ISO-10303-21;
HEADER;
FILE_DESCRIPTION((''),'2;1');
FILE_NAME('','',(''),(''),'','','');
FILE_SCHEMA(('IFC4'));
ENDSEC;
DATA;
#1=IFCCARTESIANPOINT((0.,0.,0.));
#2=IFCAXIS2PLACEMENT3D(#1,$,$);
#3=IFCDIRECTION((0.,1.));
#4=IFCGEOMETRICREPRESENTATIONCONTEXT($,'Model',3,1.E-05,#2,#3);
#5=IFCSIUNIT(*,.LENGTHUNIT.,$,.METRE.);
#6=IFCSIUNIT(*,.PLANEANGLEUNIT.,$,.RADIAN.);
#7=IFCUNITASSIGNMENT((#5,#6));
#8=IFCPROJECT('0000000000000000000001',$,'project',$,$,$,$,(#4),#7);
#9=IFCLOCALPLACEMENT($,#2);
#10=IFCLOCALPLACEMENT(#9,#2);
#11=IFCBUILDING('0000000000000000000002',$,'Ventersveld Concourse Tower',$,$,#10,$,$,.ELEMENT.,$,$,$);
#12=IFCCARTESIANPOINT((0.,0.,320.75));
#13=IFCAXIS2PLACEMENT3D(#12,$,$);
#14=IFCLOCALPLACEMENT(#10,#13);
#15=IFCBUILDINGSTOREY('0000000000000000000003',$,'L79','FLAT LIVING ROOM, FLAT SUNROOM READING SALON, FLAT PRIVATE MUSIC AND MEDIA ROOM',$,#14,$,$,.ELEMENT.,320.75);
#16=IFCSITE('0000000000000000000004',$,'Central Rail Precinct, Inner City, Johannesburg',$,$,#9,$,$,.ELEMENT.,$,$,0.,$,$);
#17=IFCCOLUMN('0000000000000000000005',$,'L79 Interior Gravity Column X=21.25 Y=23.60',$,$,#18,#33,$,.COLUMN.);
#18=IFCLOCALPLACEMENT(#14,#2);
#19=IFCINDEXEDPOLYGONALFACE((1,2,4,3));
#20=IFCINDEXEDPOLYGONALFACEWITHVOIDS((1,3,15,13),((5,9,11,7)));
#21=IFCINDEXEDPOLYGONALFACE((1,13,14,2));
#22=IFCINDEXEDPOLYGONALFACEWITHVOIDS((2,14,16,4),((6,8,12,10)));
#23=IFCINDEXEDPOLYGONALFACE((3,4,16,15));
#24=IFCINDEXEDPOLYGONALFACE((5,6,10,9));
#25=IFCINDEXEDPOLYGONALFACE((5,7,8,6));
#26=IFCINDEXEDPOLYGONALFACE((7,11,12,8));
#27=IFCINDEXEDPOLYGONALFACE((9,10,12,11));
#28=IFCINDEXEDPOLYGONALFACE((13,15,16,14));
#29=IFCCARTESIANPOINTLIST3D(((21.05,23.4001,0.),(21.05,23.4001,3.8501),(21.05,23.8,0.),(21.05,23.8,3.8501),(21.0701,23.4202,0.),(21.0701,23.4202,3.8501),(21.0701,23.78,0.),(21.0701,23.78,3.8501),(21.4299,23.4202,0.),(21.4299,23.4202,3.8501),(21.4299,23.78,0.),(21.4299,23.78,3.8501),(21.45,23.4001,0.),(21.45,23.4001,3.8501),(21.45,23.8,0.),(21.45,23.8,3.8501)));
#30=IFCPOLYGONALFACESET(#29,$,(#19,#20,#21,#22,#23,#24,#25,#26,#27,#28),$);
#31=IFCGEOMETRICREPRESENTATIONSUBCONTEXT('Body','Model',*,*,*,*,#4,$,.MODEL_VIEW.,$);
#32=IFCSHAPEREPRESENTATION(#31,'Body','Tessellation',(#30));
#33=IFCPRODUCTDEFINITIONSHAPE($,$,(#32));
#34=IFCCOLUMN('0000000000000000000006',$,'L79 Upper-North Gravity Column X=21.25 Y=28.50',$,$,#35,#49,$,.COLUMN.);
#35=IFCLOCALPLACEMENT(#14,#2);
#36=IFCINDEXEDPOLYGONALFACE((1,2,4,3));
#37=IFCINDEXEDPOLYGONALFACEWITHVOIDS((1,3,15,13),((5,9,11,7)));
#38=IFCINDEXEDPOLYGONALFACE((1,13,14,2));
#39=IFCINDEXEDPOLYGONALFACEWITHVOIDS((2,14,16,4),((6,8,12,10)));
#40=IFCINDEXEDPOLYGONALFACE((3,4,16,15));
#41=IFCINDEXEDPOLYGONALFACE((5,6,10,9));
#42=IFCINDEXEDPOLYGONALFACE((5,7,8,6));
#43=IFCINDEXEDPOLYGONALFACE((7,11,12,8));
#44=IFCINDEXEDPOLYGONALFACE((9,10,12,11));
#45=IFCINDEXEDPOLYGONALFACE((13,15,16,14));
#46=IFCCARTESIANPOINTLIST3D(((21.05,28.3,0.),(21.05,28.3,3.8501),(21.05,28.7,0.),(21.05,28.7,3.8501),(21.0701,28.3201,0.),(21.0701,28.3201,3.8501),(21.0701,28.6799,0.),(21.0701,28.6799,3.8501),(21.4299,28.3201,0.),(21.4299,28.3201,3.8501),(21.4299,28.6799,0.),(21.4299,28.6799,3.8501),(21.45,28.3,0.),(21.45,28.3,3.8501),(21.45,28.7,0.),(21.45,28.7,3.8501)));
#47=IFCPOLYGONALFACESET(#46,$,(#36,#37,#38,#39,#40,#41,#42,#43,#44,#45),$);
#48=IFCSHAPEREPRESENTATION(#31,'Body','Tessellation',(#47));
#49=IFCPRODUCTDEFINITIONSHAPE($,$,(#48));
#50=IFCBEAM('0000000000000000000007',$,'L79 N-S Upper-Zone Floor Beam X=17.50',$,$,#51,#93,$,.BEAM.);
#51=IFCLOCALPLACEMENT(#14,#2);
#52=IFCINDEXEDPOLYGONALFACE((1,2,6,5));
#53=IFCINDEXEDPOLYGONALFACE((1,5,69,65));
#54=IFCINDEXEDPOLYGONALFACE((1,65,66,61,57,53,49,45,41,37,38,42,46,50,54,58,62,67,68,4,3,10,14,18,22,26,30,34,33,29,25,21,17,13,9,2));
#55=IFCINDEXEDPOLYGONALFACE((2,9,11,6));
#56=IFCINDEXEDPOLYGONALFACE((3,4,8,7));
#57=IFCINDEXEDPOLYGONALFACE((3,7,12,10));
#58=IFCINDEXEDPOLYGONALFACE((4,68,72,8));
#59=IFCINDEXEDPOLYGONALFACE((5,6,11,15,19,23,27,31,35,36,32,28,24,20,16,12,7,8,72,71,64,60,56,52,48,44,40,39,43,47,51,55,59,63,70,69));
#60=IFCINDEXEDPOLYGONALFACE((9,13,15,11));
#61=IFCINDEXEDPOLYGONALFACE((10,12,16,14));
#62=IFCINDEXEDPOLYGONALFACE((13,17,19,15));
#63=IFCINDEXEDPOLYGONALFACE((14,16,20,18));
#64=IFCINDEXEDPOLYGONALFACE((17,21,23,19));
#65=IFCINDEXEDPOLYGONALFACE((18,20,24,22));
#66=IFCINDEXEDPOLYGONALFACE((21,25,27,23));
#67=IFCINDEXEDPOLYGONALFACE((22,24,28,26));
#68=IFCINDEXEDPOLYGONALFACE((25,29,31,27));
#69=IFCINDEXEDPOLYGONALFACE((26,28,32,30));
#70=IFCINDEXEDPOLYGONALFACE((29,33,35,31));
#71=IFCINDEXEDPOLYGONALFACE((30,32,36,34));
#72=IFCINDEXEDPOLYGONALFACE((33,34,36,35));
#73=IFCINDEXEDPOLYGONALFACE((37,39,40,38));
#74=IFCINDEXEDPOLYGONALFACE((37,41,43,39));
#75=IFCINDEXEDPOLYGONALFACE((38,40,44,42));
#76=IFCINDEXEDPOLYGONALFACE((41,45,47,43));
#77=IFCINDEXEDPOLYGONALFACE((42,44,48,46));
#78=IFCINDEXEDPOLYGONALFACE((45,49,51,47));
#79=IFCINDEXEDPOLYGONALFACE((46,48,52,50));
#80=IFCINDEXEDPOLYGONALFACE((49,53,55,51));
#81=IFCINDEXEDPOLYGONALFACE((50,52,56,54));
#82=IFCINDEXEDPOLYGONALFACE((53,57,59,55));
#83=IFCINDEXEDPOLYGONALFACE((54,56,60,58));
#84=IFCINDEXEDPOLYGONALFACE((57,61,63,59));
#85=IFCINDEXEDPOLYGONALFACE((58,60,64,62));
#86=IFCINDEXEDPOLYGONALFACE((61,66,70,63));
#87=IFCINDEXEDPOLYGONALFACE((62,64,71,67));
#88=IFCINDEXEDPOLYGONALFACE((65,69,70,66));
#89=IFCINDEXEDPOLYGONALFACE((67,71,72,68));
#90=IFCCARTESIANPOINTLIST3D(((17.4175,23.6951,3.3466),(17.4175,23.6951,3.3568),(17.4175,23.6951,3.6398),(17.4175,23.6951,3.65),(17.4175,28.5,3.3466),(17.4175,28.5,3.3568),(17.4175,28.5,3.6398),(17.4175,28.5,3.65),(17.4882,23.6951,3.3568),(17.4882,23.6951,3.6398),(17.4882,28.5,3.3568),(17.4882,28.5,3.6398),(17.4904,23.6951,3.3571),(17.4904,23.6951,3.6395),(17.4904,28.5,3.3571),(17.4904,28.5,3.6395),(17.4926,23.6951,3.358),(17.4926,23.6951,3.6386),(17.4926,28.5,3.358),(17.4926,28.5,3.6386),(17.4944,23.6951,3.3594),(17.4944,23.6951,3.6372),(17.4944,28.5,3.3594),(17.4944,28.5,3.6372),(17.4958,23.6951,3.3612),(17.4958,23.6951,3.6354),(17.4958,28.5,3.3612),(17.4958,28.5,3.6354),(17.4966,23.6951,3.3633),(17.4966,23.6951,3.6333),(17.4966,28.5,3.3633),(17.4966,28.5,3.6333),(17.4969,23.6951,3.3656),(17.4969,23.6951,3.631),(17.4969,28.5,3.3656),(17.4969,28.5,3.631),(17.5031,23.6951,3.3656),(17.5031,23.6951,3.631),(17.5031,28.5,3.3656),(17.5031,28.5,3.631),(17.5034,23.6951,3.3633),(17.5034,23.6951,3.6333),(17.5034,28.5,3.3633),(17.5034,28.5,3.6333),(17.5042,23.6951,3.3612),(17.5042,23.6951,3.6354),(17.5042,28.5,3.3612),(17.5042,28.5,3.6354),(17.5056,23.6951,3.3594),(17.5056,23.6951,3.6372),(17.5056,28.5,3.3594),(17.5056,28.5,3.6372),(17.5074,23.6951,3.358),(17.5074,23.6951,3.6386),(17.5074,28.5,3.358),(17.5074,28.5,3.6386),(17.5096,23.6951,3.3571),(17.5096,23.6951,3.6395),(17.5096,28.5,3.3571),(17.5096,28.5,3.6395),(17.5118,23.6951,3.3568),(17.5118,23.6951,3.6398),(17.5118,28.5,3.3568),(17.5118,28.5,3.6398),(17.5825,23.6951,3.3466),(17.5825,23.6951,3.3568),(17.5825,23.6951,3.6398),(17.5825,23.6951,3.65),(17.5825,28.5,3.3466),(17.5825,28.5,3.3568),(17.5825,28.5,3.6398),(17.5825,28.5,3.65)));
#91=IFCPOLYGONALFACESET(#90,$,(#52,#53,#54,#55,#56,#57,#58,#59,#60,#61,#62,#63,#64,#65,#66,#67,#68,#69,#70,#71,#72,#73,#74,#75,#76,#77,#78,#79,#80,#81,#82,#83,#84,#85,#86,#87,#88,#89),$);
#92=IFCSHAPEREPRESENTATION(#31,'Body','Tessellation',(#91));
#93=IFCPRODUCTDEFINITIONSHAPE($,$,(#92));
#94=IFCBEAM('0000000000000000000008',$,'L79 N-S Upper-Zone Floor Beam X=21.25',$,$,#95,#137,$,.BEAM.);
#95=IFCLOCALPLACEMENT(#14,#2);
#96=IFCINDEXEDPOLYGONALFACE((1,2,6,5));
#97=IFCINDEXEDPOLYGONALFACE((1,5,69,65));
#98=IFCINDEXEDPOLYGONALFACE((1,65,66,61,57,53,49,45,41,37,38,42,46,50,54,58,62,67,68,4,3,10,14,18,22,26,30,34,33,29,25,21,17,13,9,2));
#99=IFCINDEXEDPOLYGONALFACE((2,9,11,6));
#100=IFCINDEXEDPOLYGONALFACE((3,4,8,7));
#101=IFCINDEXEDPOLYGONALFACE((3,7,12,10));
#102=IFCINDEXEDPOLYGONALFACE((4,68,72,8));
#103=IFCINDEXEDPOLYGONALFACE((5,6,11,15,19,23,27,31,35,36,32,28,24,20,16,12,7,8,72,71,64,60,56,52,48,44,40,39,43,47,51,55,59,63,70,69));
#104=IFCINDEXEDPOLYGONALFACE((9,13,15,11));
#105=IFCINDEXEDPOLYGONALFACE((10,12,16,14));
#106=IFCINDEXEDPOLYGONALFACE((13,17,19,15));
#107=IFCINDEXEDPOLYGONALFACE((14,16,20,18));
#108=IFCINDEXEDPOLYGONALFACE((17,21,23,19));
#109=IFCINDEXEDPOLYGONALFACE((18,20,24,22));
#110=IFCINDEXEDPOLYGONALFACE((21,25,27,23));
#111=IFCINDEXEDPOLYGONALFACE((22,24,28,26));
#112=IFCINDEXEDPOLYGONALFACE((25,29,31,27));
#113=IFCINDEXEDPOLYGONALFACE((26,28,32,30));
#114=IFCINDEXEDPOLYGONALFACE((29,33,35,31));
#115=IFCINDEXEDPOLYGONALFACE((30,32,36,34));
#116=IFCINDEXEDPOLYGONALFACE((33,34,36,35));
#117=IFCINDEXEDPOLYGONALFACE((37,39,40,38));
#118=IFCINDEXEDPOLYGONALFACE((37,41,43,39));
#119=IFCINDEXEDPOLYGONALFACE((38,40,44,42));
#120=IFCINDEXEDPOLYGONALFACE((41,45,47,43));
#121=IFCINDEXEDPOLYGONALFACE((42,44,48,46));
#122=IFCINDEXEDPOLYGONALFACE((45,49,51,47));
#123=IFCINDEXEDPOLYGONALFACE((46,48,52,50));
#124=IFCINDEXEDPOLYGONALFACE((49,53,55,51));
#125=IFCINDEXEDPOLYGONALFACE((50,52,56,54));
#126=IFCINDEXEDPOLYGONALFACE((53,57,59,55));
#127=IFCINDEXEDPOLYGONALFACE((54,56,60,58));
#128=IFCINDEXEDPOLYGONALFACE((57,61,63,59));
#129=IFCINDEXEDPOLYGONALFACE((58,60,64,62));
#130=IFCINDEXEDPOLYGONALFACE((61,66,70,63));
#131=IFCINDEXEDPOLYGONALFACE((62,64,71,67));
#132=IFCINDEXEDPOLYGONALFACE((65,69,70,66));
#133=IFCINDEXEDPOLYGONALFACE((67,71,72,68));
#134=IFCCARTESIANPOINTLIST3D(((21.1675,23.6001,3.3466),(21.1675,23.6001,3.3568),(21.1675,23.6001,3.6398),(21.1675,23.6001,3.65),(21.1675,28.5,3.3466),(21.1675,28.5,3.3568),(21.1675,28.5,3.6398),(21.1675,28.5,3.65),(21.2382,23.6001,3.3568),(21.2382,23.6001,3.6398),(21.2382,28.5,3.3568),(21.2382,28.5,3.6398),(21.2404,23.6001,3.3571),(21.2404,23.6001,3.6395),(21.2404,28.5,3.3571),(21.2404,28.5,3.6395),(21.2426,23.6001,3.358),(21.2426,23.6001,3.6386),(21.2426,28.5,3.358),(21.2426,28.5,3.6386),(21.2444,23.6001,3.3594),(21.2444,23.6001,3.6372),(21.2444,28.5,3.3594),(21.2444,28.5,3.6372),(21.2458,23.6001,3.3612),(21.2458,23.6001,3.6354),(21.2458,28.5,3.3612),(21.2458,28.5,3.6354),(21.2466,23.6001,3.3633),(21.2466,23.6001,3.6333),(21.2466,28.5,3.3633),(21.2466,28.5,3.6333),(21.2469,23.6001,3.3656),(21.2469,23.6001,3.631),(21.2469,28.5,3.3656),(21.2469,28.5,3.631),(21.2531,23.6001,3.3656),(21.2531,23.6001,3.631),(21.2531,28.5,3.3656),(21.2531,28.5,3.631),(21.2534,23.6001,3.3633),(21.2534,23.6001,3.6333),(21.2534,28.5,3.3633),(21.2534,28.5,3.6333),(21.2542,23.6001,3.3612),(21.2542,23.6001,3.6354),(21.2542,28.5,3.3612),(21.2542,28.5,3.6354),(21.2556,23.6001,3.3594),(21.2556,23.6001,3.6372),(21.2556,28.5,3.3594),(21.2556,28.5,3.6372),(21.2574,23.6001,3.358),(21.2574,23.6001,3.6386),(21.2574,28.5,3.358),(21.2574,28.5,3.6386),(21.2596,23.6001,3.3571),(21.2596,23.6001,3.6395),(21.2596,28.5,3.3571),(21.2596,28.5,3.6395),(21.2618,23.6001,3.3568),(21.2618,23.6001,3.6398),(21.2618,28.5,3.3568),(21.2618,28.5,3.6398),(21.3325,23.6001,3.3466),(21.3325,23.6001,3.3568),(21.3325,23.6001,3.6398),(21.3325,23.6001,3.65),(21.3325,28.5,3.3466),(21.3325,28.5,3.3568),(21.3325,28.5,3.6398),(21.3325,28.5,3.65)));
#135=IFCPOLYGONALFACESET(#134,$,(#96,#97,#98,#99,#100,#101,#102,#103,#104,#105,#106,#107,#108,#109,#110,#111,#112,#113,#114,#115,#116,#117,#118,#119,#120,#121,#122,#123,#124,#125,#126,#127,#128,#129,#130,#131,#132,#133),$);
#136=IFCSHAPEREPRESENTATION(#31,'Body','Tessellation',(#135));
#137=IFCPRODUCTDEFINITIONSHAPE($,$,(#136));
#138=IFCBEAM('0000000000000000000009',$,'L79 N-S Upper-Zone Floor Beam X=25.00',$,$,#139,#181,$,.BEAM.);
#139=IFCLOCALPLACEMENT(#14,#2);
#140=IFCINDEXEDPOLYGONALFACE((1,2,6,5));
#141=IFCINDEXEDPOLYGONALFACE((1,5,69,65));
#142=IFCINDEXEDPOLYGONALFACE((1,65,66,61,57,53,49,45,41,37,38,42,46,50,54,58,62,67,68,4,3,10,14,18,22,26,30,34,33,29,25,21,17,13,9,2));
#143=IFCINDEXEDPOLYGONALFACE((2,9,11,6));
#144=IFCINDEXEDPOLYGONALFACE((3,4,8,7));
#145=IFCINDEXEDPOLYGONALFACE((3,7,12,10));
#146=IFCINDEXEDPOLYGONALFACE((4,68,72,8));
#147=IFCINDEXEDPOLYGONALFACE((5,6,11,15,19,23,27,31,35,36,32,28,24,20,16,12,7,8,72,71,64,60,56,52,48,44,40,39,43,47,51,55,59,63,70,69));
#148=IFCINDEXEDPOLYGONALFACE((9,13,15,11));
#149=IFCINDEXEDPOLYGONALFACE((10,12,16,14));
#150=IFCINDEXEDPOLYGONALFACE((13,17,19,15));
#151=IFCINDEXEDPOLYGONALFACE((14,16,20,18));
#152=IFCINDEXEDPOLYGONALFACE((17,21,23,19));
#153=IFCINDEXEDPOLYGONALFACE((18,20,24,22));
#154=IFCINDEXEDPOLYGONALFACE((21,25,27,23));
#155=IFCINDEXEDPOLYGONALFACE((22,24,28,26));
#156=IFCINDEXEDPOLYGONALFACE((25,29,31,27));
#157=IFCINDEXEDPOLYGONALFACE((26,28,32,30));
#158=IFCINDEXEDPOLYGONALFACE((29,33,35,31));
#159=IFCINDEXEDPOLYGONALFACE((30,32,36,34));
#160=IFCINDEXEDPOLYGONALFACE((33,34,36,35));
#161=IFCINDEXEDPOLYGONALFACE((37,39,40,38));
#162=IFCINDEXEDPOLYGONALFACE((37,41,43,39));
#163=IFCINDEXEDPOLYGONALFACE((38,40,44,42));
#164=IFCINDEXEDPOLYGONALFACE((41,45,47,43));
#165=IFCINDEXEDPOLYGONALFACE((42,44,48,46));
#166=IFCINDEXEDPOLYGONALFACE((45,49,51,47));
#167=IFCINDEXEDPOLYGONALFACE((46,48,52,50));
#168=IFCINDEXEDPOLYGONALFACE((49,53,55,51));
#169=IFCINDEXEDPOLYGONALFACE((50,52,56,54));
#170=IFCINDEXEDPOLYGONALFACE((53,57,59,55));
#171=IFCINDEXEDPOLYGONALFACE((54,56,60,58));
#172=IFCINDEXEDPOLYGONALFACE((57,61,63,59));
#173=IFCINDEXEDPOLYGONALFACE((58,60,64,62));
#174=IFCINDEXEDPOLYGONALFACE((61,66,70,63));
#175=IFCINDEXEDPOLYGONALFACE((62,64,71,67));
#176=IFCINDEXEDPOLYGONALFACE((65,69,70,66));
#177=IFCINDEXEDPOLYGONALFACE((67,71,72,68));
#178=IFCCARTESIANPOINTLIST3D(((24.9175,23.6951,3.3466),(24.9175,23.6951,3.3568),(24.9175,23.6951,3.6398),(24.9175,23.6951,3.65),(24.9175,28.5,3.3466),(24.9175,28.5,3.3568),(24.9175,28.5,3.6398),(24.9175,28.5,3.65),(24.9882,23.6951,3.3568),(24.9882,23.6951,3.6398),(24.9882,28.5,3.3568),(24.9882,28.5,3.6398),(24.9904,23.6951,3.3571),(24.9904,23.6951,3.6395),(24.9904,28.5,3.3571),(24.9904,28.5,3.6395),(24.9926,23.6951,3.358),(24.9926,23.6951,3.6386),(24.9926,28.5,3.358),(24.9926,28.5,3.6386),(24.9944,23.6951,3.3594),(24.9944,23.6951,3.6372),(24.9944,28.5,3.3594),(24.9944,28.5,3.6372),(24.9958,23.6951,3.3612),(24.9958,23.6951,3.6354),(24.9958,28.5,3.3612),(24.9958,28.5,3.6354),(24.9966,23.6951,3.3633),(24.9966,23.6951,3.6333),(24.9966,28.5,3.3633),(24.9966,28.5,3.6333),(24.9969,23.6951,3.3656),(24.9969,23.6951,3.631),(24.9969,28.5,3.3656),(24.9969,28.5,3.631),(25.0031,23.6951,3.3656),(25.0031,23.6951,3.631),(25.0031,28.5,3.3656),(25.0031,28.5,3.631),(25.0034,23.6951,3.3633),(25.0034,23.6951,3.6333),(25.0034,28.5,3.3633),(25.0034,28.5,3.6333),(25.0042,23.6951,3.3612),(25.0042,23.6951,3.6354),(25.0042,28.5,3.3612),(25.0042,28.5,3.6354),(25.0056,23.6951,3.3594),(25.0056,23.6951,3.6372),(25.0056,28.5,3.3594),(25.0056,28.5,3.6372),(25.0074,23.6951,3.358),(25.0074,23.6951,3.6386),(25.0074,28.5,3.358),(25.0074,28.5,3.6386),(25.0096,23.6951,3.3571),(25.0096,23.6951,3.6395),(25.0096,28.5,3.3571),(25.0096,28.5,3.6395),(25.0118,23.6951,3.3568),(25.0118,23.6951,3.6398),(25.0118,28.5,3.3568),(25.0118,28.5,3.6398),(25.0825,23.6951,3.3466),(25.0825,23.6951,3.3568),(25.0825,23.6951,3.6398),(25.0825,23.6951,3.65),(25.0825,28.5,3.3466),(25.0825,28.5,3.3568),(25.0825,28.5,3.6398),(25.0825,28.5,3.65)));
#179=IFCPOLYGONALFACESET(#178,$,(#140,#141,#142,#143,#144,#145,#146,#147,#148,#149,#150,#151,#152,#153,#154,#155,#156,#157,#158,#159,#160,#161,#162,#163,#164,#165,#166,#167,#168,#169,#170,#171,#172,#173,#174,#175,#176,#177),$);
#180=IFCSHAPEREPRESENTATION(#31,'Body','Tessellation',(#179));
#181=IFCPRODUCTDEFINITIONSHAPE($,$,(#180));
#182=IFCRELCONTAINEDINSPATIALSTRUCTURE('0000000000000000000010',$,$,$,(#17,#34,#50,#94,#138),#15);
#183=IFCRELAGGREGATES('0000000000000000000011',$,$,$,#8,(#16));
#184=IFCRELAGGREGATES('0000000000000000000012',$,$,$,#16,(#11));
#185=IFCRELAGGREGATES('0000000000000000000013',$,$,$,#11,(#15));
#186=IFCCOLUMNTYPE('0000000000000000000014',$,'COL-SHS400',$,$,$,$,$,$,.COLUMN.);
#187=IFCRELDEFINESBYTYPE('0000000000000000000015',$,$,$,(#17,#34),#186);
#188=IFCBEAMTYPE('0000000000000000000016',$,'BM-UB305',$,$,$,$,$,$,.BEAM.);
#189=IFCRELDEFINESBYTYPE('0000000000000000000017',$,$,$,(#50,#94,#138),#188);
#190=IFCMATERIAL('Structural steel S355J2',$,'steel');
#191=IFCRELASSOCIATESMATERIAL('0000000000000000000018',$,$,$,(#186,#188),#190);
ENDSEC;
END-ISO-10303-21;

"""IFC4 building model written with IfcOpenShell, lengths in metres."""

from ifc_helpers import new_model, si_unit, direction, frame, origin, origin_2d, place, context, subcontext, project, spatial, hollow_rectangle, i_section, extrude, material, material_profile, profile_set, type_object, element, save


model = new_model("IFC4")

# Units and contexts
model_context = context("Model", 3, precision=1e-05, world=origin(), true_north=direction((0.0, 1.0)))
body_context = subcontext(model_context, "Body", "Model", "MODEL_VIEW")
ifc_project = project(units=[si_unit("LENGTHUNIT", "METRE"), si_unit("PLANEANGLEUNIT", "RADIAN")], contexts=[model_context])

# Site, building, storey
site_placement = place(None, origin())
site = spatial("IfcSite", under=ifc_project, at=site_placement, Name="Central Rail Precinct, Inner City, Johannesburg", CompositionType="ELEMENT", RefElevation=0.0)
building_placement = place(site_placement, origin())
building = spatial("IfcBuilding", under=site, at=building_placement, Name="Ventersveld Concourse Tower", CompositionType="ELEMENT")
storey_placement = place(building_placement, frame((0.0, 0.0, 320.75)))
storey = spatial("IfcBuildingStorey", under=building, at=storey_placement, Name="L79", Description="FLAT LIVING ROOM, FLAT SUNROOM READING SALON, FLAT PRIVATE MUSIC AND MEDIA ROOM", CompositionType="ELEMENT", Elevation=320.75)

# Columns
ifc_material_1 = material(Name="Structural steel S355J2", Category="steel")
ifc_material_profile_1 = material_profile(ifc_material_1, hollow_rectangle(XDim=0.3999, YDim=0.3999, WallThickness=0.02, at=origin_2d()), Name="SHS 400x400x20")
ifc_profile_set_1 = profile_set([ifc_material_profile_1], Name="Structural steel S355J2")
column_type = type_object("IfcColumnType", Name="COL-SHS400", PredefinedType="COLUMN", material=ifc_profile_set_1)
for number, where, z_axis, x_axis, name in (
    (1, (21.25, 23.6001, 0.0), (0.0, 0.0, 1.0), (1.0, 0.0, 0.0), "L79 Interior Gravity Column X=21.25 Y=23.60"),
    (2, (21.25, 28.5, 0.0), (0.0, 0.0, 1.0), (1.0, 0.0, 0.0), "L79 Upper-North Gravity Column X=21.25 Y=28.50"),
):
    element("IfcColumn", number, at=place(storey_placement, frame(where, z_axis=z_axis, x_axis=x_axis)), inside=storey, type_object=column_type, Name=name, PredefinedType="COLUMN", context=body_context, shape_type="SweptSolid", body=[
        extrude(hollow_rectangle(XDim=0.3999, YDim=0.3999, WallThickness=0.02, at=origin_2d()), origin(), (0.0, 0.0, 1.0), 3.8501),
    ])

# Beams
ifc_material_profile_2 = material_profile(ifc_material_1, i_section(OverallWidth=0.165, OverallDepth=0.3035, WebThickness=0.0061, FlangeThickness=0.0103, FilletRadius=0.0088, at=origin_2d()), Name="UB 305x165x40")
ifc_profile_set_2 = profile_set([ifc_material_profile_2], Name="Structural steel S355J2")
beam_type_1 = type_object("IfcBeamType", Name="BM-UB305", PredefinedType="BEAM", material=ifc_profile_set_2)
beam_1_placement = place(storey_placement, frame((17.5, 23.6951, 3.4983), z_axis=(0.0, 1.0, 0.0), x_axis=(-1.0, 0.0, 0.0)))
element("IfcBeam", 3, at=beam_1_placement, inside=storey, type_object=beam_type_1, Name="L79 N-S Upper-Zone Floor Beam X=17.50", PredefinedType="BEAM", context=body_context, shape_type="SweptSolid", body=[
    extrude(i_section(OverallWidth=0.165, OverallDepth=0.3035, WebThickness=0.0061, FlangeThickness=0.0103, FilletRadius=0.0088, at=origin_2d()), origin(), (0.0, 0.0, 1.0), 4.8049),
])
beam_2_placement = place(storey_placement, frame((21.25, 23.6001, 3.4983), z_axis=(0.0, 1.0, 0.0), x_axis=(-1.0, 0.0, 0.0)))
element("IfcBeam", 4, at=beam_2_placement, inside=storey, type_object=beam_type_1, Name="L79 N-S Upper-Zone Floor Beam X=21.25", PredefinedType="BEAM", context=body_context, shape_type="SweptSolid", body=[
    extrude(i_section(OverallWidth=0.165, OverallDepth=0.3035, WebThickness=0.0061, FlangeThickness=0.0103, FilletRadius=0.0088, at=origin_2d()), origin(), (0.0, 0.0, 1.0), 4.8999),
])
beam_3_placement = place(storey_placement, frame((25.0, 23.6951, 3.4983), z_axis=(0.0, 1.0, 0.0), x_axis=(-1.0, 0.0, 0.0)))
element("IfcBeam", 5, at=beam_3_placement, inside=storey, type_object=beam_type_1, Name="L79 N-S Upper-Zone Floor Beam X=25.00", PredefinedType="BEAM", context=body_context, shape_type="SweptSolid", body=[
    extrude(i_section(OverallWidth=0.165, OverallDepth=0.3035, WebThickness=0.0061, FlangeThickness=0.0103, FilletRadius=0.0088, at=origin_2d()), origin(), (0.0, 0.0, 1.0), 4.8049),
])

save(model, "model.ifc")
